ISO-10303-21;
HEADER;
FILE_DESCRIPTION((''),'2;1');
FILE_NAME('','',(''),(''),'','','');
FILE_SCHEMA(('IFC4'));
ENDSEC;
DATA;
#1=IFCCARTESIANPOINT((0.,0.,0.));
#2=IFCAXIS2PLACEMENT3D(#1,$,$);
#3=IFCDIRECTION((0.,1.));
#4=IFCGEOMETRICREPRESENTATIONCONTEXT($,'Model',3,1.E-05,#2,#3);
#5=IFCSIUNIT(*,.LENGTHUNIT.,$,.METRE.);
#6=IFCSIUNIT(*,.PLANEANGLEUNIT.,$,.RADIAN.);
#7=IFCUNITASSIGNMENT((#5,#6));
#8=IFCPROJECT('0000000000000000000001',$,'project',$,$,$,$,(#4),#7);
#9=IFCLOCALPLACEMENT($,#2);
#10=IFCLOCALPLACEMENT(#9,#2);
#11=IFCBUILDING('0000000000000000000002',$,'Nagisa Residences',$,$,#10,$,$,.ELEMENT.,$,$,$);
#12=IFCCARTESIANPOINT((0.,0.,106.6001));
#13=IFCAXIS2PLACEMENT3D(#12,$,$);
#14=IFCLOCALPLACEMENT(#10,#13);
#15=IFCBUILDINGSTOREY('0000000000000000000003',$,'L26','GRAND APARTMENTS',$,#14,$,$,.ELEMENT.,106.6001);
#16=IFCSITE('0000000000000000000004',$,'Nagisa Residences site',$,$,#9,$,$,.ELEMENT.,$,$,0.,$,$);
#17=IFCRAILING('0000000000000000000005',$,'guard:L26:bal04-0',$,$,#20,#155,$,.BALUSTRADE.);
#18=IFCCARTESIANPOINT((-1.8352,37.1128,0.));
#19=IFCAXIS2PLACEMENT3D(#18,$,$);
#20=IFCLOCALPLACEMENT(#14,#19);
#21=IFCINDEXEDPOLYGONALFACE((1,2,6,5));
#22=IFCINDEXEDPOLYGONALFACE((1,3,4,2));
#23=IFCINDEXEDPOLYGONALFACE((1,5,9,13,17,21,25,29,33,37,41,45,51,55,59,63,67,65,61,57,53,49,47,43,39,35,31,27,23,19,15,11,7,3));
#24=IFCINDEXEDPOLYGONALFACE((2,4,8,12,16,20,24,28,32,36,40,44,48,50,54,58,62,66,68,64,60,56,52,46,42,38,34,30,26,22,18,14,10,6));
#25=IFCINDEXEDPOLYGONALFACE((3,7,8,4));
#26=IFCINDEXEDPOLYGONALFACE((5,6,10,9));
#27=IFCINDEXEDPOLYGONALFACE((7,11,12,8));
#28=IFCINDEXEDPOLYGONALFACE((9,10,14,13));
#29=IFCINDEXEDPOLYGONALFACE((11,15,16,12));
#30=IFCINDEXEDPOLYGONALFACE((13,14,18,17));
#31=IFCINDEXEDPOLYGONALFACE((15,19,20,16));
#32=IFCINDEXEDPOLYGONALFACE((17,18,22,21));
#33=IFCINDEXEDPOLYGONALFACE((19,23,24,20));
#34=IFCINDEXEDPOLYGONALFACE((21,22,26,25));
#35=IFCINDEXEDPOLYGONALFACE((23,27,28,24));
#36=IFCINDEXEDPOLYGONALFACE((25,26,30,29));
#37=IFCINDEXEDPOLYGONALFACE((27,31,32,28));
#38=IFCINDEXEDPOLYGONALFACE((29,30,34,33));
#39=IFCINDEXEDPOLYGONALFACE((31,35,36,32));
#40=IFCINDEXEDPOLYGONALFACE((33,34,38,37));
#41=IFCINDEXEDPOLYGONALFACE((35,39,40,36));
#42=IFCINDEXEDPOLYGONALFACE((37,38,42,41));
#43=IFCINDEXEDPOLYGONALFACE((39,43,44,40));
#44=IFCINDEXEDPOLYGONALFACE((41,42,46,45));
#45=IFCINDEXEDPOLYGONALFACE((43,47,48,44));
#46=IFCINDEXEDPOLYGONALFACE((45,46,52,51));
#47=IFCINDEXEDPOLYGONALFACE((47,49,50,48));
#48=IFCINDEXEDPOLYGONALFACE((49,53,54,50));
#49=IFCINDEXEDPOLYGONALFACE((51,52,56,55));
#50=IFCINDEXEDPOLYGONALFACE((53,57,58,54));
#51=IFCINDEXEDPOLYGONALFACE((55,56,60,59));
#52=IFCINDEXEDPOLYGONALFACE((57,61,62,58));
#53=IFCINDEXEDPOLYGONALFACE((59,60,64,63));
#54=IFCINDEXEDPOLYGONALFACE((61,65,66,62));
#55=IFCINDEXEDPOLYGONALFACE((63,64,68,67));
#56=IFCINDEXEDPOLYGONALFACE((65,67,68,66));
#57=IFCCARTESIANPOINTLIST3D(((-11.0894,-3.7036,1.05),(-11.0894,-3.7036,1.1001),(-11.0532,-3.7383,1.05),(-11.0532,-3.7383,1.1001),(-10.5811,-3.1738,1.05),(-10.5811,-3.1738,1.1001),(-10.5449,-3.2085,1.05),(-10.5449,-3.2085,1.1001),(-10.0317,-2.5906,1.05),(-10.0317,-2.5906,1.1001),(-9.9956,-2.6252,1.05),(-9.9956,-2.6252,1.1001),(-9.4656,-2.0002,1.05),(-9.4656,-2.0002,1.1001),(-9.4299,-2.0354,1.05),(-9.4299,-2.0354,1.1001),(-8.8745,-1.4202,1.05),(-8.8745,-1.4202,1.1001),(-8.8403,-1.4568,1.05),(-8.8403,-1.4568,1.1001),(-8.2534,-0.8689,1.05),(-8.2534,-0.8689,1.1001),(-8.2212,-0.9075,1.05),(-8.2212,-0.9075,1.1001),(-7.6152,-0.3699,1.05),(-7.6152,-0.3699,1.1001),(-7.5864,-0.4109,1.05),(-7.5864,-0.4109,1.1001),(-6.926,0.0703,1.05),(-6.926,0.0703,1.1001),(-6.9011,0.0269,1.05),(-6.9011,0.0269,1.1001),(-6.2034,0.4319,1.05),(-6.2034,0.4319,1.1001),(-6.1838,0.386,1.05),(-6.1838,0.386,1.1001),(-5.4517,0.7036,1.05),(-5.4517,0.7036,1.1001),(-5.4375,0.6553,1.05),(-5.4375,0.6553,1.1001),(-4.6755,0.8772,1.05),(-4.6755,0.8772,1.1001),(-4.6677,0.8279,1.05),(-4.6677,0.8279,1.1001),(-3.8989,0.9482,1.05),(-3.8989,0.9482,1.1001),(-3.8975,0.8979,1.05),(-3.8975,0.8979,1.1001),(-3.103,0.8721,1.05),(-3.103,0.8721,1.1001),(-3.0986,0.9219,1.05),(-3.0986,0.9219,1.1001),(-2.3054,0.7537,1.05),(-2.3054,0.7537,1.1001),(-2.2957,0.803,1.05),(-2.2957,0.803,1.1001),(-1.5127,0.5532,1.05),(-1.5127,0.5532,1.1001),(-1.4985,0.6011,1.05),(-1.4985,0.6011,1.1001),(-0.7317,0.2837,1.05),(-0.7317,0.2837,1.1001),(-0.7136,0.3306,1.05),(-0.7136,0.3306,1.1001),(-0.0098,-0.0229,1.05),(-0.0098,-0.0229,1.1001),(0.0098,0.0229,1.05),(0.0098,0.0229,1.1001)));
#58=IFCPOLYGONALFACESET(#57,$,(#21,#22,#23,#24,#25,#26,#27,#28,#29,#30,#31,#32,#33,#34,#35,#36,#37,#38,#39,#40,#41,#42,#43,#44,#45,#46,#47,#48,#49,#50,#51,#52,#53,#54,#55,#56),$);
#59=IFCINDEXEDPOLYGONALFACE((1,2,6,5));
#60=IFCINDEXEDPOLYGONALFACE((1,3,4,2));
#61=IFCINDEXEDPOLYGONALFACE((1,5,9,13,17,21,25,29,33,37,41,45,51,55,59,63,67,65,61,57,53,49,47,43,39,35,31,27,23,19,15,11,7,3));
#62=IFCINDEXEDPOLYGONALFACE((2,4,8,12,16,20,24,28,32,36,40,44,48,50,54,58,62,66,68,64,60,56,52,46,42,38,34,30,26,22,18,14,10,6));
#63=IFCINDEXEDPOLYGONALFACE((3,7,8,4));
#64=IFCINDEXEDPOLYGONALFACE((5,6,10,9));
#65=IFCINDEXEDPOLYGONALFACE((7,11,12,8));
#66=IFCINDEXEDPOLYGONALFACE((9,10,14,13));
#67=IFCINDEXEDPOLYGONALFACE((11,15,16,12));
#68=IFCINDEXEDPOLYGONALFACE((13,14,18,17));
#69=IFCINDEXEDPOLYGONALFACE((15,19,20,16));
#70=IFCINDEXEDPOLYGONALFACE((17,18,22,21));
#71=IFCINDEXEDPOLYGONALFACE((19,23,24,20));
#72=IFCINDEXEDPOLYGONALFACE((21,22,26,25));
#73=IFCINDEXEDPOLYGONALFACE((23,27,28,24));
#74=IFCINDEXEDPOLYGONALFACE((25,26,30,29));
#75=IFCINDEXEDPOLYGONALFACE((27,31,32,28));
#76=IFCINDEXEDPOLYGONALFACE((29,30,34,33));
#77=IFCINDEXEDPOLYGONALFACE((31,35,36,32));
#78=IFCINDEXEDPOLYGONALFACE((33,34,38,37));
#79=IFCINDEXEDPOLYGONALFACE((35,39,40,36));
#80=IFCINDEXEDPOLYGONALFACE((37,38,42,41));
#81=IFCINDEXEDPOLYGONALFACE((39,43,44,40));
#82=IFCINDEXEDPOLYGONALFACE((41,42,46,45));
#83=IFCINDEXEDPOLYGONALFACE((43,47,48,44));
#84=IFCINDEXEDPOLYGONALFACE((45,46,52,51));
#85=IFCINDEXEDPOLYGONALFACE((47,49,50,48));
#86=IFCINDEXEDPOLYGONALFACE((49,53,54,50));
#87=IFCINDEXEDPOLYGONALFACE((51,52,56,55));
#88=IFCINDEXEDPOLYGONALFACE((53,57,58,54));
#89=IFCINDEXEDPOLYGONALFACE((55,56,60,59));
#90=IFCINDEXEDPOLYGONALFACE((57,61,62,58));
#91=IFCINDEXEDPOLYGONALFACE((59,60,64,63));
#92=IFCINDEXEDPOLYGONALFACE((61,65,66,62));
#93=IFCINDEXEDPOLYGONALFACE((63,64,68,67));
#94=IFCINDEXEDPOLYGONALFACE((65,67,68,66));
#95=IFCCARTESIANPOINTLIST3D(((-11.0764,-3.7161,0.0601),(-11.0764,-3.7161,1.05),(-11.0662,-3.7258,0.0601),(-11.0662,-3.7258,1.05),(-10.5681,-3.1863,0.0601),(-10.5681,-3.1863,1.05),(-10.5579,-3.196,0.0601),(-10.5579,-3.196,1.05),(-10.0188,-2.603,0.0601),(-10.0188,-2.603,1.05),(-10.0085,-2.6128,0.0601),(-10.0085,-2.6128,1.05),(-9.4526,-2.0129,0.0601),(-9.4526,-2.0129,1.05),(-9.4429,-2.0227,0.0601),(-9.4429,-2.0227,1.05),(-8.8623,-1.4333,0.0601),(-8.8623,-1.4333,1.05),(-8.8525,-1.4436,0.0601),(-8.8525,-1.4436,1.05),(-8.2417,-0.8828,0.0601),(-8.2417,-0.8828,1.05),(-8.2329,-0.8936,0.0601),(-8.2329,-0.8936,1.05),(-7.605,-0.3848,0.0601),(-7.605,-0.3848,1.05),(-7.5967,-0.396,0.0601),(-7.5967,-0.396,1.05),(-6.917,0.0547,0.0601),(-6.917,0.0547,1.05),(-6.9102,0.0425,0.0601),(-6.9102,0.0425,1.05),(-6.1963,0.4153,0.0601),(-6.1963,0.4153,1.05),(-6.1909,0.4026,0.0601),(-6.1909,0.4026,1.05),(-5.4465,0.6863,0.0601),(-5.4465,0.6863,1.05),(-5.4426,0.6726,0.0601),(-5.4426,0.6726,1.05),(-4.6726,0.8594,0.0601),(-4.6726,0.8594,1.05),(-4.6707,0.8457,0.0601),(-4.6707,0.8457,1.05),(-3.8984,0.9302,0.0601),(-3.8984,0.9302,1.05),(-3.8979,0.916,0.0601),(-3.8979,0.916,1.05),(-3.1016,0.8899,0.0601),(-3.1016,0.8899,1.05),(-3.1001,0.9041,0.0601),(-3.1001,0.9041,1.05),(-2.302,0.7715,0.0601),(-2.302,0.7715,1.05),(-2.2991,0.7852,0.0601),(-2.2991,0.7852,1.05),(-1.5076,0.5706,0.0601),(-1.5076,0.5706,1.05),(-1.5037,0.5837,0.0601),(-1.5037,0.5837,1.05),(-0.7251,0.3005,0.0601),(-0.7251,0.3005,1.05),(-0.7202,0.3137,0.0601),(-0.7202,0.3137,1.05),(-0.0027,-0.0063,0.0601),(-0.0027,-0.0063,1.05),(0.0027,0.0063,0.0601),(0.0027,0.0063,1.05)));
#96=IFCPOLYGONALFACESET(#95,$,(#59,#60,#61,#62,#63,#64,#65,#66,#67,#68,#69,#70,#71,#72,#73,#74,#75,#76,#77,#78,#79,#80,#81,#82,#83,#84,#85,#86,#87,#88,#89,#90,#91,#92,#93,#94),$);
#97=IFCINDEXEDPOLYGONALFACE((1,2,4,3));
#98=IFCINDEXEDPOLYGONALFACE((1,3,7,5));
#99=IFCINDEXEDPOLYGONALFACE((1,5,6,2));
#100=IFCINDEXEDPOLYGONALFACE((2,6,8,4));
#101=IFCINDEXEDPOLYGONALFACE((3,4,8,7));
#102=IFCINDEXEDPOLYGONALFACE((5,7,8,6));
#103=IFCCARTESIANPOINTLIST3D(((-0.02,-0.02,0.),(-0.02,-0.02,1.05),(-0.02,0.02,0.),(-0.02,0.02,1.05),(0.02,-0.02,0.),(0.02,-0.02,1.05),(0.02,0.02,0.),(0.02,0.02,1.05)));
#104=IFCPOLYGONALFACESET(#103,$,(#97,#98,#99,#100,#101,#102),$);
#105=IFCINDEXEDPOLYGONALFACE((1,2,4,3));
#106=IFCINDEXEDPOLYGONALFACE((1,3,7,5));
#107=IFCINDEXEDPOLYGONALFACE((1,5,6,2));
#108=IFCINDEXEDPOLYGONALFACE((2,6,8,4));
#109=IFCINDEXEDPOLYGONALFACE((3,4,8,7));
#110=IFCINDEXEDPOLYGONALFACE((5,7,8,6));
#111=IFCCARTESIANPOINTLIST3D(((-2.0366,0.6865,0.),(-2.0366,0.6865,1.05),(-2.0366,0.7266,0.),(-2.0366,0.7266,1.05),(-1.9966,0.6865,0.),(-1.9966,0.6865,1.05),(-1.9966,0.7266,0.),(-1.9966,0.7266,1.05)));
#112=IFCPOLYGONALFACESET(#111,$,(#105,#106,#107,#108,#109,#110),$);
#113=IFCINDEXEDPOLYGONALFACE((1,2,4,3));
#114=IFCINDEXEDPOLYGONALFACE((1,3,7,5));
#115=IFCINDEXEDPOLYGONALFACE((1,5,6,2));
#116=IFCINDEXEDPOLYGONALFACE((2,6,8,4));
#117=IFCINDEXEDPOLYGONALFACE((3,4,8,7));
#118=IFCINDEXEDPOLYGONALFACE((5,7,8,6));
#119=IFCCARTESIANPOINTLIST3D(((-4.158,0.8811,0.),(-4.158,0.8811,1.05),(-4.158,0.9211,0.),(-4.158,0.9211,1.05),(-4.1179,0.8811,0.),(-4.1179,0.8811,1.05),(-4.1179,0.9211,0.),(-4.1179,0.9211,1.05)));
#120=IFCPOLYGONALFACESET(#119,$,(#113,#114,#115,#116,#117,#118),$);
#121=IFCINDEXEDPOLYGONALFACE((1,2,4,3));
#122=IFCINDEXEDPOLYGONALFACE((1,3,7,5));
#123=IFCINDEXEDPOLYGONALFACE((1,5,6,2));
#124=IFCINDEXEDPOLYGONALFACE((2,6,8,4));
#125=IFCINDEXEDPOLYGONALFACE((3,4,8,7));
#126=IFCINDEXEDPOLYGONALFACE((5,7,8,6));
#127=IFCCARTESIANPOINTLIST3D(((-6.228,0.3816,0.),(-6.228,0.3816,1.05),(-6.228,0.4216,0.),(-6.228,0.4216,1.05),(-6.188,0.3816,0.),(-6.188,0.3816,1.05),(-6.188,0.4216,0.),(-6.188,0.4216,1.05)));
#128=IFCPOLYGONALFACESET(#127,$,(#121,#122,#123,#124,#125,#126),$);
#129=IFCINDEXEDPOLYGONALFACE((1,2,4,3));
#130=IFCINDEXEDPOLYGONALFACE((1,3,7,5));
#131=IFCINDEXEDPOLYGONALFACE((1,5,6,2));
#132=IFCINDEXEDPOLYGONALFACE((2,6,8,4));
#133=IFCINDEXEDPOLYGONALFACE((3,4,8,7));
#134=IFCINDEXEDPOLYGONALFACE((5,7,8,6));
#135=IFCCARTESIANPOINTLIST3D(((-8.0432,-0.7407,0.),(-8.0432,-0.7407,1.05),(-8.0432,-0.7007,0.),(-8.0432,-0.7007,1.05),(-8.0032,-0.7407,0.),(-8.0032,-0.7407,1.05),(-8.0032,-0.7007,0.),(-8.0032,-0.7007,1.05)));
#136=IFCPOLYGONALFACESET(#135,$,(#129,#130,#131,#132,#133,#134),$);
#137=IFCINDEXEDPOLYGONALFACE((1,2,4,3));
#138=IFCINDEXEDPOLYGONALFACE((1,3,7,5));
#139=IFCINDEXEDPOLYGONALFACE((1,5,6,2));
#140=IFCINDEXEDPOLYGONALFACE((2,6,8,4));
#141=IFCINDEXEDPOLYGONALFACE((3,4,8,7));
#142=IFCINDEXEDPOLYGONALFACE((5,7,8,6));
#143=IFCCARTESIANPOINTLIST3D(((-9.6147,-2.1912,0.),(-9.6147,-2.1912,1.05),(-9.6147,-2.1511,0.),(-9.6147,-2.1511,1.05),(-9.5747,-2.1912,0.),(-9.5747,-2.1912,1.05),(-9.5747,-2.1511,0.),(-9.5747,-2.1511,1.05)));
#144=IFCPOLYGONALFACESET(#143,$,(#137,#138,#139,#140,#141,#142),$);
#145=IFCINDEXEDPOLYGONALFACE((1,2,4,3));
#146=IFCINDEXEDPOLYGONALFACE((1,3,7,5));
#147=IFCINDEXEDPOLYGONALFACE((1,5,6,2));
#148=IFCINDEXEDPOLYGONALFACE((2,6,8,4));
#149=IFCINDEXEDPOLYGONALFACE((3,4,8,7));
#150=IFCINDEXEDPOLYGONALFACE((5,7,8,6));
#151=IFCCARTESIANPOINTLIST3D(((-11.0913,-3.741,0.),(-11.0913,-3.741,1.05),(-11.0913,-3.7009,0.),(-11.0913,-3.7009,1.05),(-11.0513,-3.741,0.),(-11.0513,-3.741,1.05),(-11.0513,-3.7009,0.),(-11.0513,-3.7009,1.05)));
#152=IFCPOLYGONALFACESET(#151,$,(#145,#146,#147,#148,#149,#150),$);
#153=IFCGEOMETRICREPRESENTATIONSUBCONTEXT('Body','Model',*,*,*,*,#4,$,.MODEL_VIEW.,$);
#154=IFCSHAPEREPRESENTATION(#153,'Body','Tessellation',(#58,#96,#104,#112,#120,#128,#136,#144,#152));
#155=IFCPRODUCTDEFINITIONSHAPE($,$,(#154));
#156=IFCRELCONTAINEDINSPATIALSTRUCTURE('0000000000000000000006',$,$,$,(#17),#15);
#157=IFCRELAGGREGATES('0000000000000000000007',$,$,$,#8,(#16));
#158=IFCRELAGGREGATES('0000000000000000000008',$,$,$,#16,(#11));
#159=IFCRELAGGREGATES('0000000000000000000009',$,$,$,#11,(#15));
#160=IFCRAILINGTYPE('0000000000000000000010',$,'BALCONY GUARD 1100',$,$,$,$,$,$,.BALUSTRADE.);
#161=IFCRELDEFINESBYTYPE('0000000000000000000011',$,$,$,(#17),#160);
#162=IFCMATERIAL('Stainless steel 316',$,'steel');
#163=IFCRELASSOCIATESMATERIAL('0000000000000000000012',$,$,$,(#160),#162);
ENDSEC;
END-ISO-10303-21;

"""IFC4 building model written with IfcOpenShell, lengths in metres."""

from ifc_helpers import new_model, si_unit, direction, frame, origin, origin_2d, place, context, subcontext, project, spatial, polyline, rectangle, outline, extrude, material, type_object, element, save


model = new_model("IFC4")

# Units and contexts
model_context = context("Model", 3, precision=1e-05, world=origin(), true_north=direction((0.0, 1.0)))
body_context = subcontext(model_context, "Body", "Model", "MODEL_VIEW")
ifc_project = project(units=[si_unit("LENGTHUNIT", "METRE"), si_unit("PLANEANGLEUNIT", "RADIAN")], contexts=[model_context])

# Site, building, storey
site_placement = place(None, origin())
site = spatial("IfcSite", under=ifc_project, at=site_placement, Name="Nagisa Residences site", CompositionType="ELEMENT", RefElevation=0.0)
building_placement = place(site_placement, origin())
building = spatial("IfcBuilding", under=site, at=building_placement, Name="Nagisa Residences", CompositionType="ELEMENT")
storey_placement = place(building_placement, frame((0.0, 0.0, 106.6001)))
storey = spatial("IfcBuildingStorey", under=building, at=storey_placement, Name="L26", Description="GRAND APARTMENTS", CompositionType="ELEMENT", Elevation=106.6001)

# Railing
ifc_material_1 = material(Name="Stainless steel 316", Category="steel")
railing_type = type_object("IfcRailingType", Name="BALCONY GUARD 1100", PredefinedType="BALUSTRADE", material=ifc_material_1)
railing_placement = place(storey_placement, frame((-1.8352, 37.1128, 0.0)))
element("IfcRailing", 1, at=railing_placement, inside=storey, type_object=railing_type, Name="guard:L26:bal04-0", PredefinedType="BALUSTRADE", context=body_context, shape_type="SweptSolid", body=[
    extrude(outline(polyline([(-0.7317, 0.2837), (-0.0098, -0.0229), (0.0098, 0.0229), (-0.7136, 0.3306), (-1.4985, 0.6011), (-2.2957, 0.803), (-3.0986, 0.9219), (-3.8989, 0.9482), (-4.6755, 0.8772), (-5.4517, 0.7036), (-6.2034, 0.4319), (-6.926, 0.0703), (-7.6152, -0.3699), (-8.2534, -0.8689), (-8.8745, -1.4202), (-9.4656, -2.0002), (-10.0317, -2.5906), (-10.5811, -3.1738), (-11.0894, -3.7036), (-11.0532, -3.7383), (-10.5449, -3.2085), (-9.9956, -2.6252), (-9.4299, -2.0354), (-8.8403, -1.4568), (-8.2212, -0.9075), (-7.5864, -0.4109), (-6.9011, 0.0269), (-6.1838, 0.386), (-5.4375, 0.6553), (-4.6677, 0.8279), (-3.8975, 0.8979), (-3.103, 0.8721), (-2.3054, 0.7537), (-1.5127, 0.5532), (-0.7317, 0.2837)])), frame((0.0, 0.0, 1.05)), (0.0, 0.0, 1.0), 0.05),
    extrude(outline(polyline([(-0.7251, 0.3005), (-0.0027, -0.0063), (0.0027, 0.0063), (-0.7202, 0.3137), (-1.5037, 0.5837), (-2.2991, 0.7852), (-3.1001, 0.9041), (-3.8984, 0.9302), (-4.6726, 0.8594), (-5.4465, 0.6863), (-6.1963, 0.4153), (-6.917, 0.0547), (-7.605, -0.3848), (-8.2417, -0.8828), (-8.8623, -1.4333), (-9.4526, -2.0129), (-10.0188, -2.603), (-10.5681, -3.1863), (-11.0764, -3.7161), (-11.0662, -3.7258), (-10.5579, -3.196), (-10.0085, -2.6128), (-9.4429, -2.0227), (-8.8525, -1.4436), (-8.2329, -0.8936), (-7.5967, -0.396), (-6.9102, 0.0425), (-6.1909, 0.4026), (-5.4426, 0.6726), (-4.6707, 0.8457), (-3.8979, 0.916), (-3.1016, 0.8899), (-2.302, 0.7715), (-1.5076, 0.5706), (-0.7251, 0.3005)])), frame((0.0, 0.0, 0.0601)), (0.0, 0.0, 1.0), 0.99),
    extrude(rectangle(XDim=0.04, YDim=0.04, at=origin_2d()), origin(), (0.0, 0.0, 1.0), 1.05),
    extrude(rectangle(XDim=0.04, YDim=0.04, at=origin_2d()), frame((-2.0166, 0.7065, 0.0)), (0.0, 0.0, 1.0), 1.05),
    extrude(rectangle(XDim=0.04, YDim=0.04, at=origin_2d()), frame((-4.1379, 0.9011, 0.0)), (0.0, 0.0, 1.0), 1.05),
    extrude(rectangle(XDim=0.04, YDim=0.04, at=origin_2d()), frame((-6.208, 0.4016, 0.0)), (0.0, 0.0, 1.0), 1.05),
    extrude(rectangle(XDim=0.04, YDim=0.04, at=origin_2d()), frame((-8.0232, -0.7207, 0.0)), (0.0, 0.0, 1.0), 1.05),
    extrude(rectangle(XDim=0.04, YDim=0.04, at=origin_2d()), frame((-9.5947, -2.1711, 0.0)), (0.0, 0.0, 1.0), 1.05),
    extrude(rectangle(XDim=0.04, YDim=0.04, at=origin_2d()), frame((-11.0713, -3.7209, 0.0)), (0.0, 0.0, 1.0), 1.05),
])

save(model, "model.ifc")
